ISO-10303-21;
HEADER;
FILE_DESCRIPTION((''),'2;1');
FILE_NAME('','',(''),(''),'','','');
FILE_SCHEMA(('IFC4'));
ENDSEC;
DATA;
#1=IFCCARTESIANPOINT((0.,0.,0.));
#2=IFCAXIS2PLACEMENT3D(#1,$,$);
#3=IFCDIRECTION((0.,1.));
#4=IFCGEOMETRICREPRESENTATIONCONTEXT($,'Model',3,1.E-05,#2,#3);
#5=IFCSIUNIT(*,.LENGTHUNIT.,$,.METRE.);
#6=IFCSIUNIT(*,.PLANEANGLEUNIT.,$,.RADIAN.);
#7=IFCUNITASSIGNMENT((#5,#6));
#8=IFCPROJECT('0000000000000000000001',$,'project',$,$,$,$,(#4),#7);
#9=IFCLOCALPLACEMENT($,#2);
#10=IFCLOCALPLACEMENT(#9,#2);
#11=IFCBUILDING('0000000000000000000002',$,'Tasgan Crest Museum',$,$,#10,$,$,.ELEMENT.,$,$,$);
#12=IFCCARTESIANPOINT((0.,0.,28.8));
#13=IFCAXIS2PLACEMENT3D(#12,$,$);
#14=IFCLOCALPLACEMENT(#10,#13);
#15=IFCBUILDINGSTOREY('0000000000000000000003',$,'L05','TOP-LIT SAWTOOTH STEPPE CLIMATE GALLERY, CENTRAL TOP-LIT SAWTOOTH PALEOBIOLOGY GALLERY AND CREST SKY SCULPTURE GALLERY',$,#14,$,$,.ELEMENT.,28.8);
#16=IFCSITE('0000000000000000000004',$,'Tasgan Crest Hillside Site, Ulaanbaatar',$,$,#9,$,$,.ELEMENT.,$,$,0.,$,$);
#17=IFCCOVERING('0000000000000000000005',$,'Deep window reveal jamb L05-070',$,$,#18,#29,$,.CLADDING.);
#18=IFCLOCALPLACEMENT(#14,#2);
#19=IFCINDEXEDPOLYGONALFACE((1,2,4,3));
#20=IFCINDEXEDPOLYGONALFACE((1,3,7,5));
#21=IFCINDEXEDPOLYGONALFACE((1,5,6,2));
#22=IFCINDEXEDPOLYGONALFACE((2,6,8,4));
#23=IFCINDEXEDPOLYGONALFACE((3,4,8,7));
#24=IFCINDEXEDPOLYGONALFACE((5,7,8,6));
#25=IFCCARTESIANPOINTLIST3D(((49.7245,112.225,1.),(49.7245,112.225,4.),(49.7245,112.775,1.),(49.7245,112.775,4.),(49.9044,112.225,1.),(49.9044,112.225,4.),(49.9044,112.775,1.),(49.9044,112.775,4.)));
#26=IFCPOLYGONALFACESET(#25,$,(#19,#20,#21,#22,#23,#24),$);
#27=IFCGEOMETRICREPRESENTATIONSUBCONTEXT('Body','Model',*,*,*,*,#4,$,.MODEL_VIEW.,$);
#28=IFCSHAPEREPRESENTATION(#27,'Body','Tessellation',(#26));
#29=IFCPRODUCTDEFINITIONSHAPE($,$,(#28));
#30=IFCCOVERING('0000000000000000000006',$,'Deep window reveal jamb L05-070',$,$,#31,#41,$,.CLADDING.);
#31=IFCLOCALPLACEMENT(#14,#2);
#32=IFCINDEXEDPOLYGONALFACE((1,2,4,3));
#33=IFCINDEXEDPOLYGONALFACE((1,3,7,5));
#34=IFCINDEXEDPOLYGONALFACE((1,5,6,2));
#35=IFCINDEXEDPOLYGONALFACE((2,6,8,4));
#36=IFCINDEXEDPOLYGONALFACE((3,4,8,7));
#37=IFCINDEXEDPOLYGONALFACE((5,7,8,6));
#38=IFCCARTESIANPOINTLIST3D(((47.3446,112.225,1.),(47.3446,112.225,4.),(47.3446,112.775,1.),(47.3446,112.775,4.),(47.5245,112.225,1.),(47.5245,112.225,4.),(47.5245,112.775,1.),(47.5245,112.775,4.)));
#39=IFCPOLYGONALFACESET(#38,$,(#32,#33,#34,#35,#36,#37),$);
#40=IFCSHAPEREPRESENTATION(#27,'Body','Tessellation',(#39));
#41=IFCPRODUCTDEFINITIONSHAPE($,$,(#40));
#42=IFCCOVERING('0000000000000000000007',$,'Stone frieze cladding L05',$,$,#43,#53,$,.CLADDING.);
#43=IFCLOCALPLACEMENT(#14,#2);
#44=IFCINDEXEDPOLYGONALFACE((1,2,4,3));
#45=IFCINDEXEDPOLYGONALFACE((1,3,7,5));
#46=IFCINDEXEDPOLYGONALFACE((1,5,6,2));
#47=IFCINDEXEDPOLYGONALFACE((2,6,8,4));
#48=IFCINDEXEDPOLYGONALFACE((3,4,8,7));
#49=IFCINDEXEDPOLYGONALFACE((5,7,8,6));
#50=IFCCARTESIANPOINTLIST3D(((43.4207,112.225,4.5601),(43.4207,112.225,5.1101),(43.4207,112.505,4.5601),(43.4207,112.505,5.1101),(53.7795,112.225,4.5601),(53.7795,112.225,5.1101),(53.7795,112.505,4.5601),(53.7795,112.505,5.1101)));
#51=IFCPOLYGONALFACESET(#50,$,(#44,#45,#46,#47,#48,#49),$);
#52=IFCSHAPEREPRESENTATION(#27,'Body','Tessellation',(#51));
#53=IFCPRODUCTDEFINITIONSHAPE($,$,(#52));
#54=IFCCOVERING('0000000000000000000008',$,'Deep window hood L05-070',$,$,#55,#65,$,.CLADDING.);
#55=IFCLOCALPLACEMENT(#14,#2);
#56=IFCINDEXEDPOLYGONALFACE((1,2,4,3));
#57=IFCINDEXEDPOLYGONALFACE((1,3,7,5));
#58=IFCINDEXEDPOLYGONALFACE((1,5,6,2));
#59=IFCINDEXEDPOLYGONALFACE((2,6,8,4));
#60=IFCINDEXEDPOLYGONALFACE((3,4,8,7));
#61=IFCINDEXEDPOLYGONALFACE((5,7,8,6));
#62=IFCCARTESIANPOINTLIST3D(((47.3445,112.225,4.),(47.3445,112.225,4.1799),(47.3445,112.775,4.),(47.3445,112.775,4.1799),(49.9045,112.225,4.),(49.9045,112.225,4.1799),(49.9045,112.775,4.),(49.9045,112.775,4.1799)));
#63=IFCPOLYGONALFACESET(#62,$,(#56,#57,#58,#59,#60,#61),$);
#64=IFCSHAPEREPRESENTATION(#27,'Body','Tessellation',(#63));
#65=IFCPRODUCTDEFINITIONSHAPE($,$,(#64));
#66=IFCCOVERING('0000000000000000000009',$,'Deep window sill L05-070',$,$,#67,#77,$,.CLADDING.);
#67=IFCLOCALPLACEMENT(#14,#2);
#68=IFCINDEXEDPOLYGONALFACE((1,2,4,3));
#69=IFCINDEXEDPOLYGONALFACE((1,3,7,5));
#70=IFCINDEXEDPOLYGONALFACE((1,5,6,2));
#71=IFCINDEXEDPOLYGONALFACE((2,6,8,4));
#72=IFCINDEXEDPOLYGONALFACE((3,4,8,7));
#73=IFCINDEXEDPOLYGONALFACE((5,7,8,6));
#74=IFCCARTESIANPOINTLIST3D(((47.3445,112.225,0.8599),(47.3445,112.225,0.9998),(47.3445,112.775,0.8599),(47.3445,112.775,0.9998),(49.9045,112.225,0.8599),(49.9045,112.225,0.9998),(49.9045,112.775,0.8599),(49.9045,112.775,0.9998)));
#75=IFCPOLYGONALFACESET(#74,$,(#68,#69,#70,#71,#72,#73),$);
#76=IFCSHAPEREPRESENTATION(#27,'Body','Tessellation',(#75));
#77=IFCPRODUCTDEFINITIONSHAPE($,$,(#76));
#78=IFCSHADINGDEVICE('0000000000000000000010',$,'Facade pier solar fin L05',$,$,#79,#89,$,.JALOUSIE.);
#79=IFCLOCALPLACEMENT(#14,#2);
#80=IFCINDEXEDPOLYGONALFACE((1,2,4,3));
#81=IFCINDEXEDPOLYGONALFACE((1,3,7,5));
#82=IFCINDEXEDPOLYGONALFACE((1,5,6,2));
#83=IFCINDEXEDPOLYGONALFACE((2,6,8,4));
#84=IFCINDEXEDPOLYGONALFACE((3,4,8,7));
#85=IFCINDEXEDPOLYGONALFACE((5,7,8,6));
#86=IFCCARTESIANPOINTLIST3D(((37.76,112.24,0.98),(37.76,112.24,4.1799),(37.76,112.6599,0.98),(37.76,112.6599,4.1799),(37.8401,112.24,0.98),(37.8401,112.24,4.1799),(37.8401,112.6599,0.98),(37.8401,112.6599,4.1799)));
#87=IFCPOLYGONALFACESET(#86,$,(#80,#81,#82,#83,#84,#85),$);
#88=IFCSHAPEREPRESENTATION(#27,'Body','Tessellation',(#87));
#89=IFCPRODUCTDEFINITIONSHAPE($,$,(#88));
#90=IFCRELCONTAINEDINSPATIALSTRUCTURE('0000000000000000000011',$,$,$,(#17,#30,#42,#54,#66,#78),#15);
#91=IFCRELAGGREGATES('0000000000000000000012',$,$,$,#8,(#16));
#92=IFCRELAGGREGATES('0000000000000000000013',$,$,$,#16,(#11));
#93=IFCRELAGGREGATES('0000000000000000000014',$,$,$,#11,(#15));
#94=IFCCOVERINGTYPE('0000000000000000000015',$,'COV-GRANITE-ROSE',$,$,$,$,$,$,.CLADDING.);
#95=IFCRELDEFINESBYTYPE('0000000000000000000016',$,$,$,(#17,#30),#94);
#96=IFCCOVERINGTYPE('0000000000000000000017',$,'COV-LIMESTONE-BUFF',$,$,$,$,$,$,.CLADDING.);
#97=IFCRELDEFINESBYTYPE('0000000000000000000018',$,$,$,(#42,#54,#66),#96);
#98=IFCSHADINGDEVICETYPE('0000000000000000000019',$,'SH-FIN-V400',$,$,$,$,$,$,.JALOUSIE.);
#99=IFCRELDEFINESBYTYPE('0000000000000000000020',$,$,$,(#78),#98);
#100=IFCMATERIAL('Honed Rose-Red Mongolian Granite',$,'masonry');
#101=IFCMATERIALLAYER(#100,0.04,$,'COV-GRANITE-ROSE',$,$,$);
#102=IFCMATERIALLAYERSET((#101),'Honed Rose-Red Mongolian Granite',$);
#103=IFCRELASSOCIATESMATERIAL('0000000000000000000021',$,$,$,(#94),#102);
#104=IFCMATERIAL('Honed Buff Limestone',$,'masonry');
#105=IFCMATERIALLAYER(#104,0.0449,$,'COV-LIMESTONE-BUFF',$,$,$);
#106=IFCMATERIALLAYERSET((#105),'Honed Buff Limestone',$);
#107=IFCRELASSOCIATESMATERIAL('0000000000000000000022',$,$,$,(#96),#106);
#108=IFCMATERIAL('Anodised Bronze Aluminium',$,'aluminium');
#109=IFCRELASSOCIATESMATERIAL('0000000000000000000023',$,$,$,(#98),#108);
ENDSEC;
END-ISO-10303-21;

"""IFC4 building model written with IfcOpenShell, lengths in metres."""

from ifc_helpers import new_model, si_unit, direction, frame, origin, origin_2d, place, context, subcontext, project, spatial, rectangle, extrude, material, layer, layer_set, type_object, element, save


model = new_model("IFC4")

# Units and contexts
model_context = context("Model", 3, precision=1e-05, world=origin(), true_north=direction((0.0, 1.0)))
body_context = subcontext(model_context, "Body", "Model", "MODEL_VIEW")
ifc_project = project(units=[si_unit("LENGTHUNIT", "METRE"), si_unit("PLANEANGLEUNIT", "RADIAN")], contexts=[model_context])

# Site, building, storey
site_placement = place(None, origin())
site = spatial("IfcSite", under=ifc_project, at=site_placement, Name="Tasgan Crest Hillside Site, Ulaanbaatar", CompositionType="ELEMENT", RefElevation=0.0)
building_placement = place(site_placement, origin())
building = spatial("IfcBuilding", under=site, at=building_placement, Name="Tasgan Crest Museum", CompositionType="ELEMENT")
storey_placement = place(building_placement, frame((0.0, 0.0, 28.8)))
storey = spatial("IfcBuildingStorey", under=building, at=storey_placement, Name="L05", Description="TOP-LIT SAWTOOTH STEPPE CLIMATE GALLERY, CENTRAL TOP-LIT SAWTOOTH PALEOBIOLOGY GALLERY AND CREST SKY SCULPTURE GALLERY", CompositionType="ELEMENT", Elevation=28.8)

# Coverings
ifc_material_1 = material(Name="Honed Rose-Red Mongolian Granite", Category="masonry")
ifc_layer_1 = layer(ifc_material_1, 0.04, Name="COV-GRANITE-ROSE")
ifc_layer_set_1 = layer_set([ifc_layer_1], Name="Honed Rose-Red Mongolian Granite")
covering_type_1 = type_object("IfcCoveringType", Name="COV-GRANITE-ROSE", PredefinedType="CLADDING", material=ifc_layer_set_1)
for number, where, z_axis, x_axis, name in (
    (1, (49.8145, 112.5, 1.0), (0.0, 0.0, 1.0), (-1.0, 0.0, 0.0), "Deep window reveal jamb L05-070"),
    (2, (47.4346, 112.5, 1.0), (0.0, 0.0, 1.0), (-1.0, 0.0, 0.0), "Deep window reveal jamb L05-070"),
):
    element("IfcCovering", number, at=place(storey_placement, frame(where, z_axis=z_axis, x_axis=x_axis)), inside=storey, type_object=covering_type_1, Name=name, PredefinedType="CLADDING", context=body_context, shape_type="SweptSolid", body=[
        extrude(rectangle(XDim=0.1799, YDim=0.55, at=origin_2d()), origin(), (0.0, 0.0, 1.0), 3.0),
    ])
ifc_material_2 = material(Name="Honed Buff Limestone", Category="masonry")
ifc_layer_2 = layer(ifc_material_2, 0.0449, Name="COV-LIMESTONE-BUFF")
ifc_layer_set_2 = layer_set([ifc_layer_2], Name="Honed Buff Limestone")
covering_type_2 = type_object("IfcCoveringType", Name="COV-LIMESTONE-BUFF", PredefinedType="CLADDING", material=ifc_layer_set_2)
covering_1_placement = place(storey_placement, frame((48.6001, 112.365, 4.5601), z_axis=(0.0, 0.0, 1.0), x_axis=(-1.0, 0.0, 0.0)))
element("IfcCovering", 3, at=covering_1_placement, inside=storey, type_object=covering_type_2, Name="Stone frieze cladding L05", PredefinedType="CLADDING", context=body_context, shape_type="SweptSolid", body=[
    extrude(rectangle(XDim=10.3589, YDim=0.28, at=origin_2d()), origin(), (0.0, 0.0, 1.0), 0.55),
])
covering_2_placement = place(storey_placement, frame((48.6245, 112.5, 4.0), z_axis=(0.0, 0.0, 1.0), x_axis=(-1.0, 0.0, 0.0)))
element("IfcCovering", 4, at=covering_2_placement, inside=storey, type_object=covering_type_2, Name="Deep window hood L05-070", PredefinedType="CLADDING", context=body_context, shape_type="SweptSolid", body=[
    extrude(rectangle(XDim=2.5601, YDim=0.55, at=origin_2d()), origin(), (0.0, 0.0, 1.0), 0.1799),
])
covering_3_placement = place(storey_placement, frame((48.6245, 112.5, 0.8599), z_axis=(0.0, 0.0, 1.0), x_axis=(-1.0, 0.0, 0.0)))
element("IfcCovering", 5, at=covering_3_placement, inside=storey, type_object=covering_type_2, Name="Deep window sill L05-070", PredefinedType="CLADDING", context=body_context, shape_type="SweptSolid", body=[
    extrude(rectangle(XDim=2.5601, YDim=0.55, at=origin_2d()), origin(), (0.0, 0.0, 1.0), 0.1399),
])

# Shading device
ifc_material_3 = material(Name="Anodised Bronze Aluminium", Category="aluminium")
shading_device_type = type_object("IfcShadingDeviceType", Name="SH-FIN-V400", PredefinedType="JALOUSIE", material=ifc_material_3)
shading_device_placement = place(storey_placement, frame((37.8, 112.45, 0.98), z_axis=(0.0, 0.0, 1.0), x_axis=(-1.0, 0.0, 0.0)))
element("IfcShadingDevice", 6, at=shading_device_placement, inside=storey, type_object=shading_device_type, Name="Facade pier solar fin L05", PredefinedType="JALOUSIE", context=body_context, shape_type="SweptSolid", body=[
    extrude(rectangle(XDim=0.0801, YDim=0.4199, at=origin_2d()), origin(), (0.0, 0.0, 1.0), 3.2),
])

save(model, "model.ifc")
